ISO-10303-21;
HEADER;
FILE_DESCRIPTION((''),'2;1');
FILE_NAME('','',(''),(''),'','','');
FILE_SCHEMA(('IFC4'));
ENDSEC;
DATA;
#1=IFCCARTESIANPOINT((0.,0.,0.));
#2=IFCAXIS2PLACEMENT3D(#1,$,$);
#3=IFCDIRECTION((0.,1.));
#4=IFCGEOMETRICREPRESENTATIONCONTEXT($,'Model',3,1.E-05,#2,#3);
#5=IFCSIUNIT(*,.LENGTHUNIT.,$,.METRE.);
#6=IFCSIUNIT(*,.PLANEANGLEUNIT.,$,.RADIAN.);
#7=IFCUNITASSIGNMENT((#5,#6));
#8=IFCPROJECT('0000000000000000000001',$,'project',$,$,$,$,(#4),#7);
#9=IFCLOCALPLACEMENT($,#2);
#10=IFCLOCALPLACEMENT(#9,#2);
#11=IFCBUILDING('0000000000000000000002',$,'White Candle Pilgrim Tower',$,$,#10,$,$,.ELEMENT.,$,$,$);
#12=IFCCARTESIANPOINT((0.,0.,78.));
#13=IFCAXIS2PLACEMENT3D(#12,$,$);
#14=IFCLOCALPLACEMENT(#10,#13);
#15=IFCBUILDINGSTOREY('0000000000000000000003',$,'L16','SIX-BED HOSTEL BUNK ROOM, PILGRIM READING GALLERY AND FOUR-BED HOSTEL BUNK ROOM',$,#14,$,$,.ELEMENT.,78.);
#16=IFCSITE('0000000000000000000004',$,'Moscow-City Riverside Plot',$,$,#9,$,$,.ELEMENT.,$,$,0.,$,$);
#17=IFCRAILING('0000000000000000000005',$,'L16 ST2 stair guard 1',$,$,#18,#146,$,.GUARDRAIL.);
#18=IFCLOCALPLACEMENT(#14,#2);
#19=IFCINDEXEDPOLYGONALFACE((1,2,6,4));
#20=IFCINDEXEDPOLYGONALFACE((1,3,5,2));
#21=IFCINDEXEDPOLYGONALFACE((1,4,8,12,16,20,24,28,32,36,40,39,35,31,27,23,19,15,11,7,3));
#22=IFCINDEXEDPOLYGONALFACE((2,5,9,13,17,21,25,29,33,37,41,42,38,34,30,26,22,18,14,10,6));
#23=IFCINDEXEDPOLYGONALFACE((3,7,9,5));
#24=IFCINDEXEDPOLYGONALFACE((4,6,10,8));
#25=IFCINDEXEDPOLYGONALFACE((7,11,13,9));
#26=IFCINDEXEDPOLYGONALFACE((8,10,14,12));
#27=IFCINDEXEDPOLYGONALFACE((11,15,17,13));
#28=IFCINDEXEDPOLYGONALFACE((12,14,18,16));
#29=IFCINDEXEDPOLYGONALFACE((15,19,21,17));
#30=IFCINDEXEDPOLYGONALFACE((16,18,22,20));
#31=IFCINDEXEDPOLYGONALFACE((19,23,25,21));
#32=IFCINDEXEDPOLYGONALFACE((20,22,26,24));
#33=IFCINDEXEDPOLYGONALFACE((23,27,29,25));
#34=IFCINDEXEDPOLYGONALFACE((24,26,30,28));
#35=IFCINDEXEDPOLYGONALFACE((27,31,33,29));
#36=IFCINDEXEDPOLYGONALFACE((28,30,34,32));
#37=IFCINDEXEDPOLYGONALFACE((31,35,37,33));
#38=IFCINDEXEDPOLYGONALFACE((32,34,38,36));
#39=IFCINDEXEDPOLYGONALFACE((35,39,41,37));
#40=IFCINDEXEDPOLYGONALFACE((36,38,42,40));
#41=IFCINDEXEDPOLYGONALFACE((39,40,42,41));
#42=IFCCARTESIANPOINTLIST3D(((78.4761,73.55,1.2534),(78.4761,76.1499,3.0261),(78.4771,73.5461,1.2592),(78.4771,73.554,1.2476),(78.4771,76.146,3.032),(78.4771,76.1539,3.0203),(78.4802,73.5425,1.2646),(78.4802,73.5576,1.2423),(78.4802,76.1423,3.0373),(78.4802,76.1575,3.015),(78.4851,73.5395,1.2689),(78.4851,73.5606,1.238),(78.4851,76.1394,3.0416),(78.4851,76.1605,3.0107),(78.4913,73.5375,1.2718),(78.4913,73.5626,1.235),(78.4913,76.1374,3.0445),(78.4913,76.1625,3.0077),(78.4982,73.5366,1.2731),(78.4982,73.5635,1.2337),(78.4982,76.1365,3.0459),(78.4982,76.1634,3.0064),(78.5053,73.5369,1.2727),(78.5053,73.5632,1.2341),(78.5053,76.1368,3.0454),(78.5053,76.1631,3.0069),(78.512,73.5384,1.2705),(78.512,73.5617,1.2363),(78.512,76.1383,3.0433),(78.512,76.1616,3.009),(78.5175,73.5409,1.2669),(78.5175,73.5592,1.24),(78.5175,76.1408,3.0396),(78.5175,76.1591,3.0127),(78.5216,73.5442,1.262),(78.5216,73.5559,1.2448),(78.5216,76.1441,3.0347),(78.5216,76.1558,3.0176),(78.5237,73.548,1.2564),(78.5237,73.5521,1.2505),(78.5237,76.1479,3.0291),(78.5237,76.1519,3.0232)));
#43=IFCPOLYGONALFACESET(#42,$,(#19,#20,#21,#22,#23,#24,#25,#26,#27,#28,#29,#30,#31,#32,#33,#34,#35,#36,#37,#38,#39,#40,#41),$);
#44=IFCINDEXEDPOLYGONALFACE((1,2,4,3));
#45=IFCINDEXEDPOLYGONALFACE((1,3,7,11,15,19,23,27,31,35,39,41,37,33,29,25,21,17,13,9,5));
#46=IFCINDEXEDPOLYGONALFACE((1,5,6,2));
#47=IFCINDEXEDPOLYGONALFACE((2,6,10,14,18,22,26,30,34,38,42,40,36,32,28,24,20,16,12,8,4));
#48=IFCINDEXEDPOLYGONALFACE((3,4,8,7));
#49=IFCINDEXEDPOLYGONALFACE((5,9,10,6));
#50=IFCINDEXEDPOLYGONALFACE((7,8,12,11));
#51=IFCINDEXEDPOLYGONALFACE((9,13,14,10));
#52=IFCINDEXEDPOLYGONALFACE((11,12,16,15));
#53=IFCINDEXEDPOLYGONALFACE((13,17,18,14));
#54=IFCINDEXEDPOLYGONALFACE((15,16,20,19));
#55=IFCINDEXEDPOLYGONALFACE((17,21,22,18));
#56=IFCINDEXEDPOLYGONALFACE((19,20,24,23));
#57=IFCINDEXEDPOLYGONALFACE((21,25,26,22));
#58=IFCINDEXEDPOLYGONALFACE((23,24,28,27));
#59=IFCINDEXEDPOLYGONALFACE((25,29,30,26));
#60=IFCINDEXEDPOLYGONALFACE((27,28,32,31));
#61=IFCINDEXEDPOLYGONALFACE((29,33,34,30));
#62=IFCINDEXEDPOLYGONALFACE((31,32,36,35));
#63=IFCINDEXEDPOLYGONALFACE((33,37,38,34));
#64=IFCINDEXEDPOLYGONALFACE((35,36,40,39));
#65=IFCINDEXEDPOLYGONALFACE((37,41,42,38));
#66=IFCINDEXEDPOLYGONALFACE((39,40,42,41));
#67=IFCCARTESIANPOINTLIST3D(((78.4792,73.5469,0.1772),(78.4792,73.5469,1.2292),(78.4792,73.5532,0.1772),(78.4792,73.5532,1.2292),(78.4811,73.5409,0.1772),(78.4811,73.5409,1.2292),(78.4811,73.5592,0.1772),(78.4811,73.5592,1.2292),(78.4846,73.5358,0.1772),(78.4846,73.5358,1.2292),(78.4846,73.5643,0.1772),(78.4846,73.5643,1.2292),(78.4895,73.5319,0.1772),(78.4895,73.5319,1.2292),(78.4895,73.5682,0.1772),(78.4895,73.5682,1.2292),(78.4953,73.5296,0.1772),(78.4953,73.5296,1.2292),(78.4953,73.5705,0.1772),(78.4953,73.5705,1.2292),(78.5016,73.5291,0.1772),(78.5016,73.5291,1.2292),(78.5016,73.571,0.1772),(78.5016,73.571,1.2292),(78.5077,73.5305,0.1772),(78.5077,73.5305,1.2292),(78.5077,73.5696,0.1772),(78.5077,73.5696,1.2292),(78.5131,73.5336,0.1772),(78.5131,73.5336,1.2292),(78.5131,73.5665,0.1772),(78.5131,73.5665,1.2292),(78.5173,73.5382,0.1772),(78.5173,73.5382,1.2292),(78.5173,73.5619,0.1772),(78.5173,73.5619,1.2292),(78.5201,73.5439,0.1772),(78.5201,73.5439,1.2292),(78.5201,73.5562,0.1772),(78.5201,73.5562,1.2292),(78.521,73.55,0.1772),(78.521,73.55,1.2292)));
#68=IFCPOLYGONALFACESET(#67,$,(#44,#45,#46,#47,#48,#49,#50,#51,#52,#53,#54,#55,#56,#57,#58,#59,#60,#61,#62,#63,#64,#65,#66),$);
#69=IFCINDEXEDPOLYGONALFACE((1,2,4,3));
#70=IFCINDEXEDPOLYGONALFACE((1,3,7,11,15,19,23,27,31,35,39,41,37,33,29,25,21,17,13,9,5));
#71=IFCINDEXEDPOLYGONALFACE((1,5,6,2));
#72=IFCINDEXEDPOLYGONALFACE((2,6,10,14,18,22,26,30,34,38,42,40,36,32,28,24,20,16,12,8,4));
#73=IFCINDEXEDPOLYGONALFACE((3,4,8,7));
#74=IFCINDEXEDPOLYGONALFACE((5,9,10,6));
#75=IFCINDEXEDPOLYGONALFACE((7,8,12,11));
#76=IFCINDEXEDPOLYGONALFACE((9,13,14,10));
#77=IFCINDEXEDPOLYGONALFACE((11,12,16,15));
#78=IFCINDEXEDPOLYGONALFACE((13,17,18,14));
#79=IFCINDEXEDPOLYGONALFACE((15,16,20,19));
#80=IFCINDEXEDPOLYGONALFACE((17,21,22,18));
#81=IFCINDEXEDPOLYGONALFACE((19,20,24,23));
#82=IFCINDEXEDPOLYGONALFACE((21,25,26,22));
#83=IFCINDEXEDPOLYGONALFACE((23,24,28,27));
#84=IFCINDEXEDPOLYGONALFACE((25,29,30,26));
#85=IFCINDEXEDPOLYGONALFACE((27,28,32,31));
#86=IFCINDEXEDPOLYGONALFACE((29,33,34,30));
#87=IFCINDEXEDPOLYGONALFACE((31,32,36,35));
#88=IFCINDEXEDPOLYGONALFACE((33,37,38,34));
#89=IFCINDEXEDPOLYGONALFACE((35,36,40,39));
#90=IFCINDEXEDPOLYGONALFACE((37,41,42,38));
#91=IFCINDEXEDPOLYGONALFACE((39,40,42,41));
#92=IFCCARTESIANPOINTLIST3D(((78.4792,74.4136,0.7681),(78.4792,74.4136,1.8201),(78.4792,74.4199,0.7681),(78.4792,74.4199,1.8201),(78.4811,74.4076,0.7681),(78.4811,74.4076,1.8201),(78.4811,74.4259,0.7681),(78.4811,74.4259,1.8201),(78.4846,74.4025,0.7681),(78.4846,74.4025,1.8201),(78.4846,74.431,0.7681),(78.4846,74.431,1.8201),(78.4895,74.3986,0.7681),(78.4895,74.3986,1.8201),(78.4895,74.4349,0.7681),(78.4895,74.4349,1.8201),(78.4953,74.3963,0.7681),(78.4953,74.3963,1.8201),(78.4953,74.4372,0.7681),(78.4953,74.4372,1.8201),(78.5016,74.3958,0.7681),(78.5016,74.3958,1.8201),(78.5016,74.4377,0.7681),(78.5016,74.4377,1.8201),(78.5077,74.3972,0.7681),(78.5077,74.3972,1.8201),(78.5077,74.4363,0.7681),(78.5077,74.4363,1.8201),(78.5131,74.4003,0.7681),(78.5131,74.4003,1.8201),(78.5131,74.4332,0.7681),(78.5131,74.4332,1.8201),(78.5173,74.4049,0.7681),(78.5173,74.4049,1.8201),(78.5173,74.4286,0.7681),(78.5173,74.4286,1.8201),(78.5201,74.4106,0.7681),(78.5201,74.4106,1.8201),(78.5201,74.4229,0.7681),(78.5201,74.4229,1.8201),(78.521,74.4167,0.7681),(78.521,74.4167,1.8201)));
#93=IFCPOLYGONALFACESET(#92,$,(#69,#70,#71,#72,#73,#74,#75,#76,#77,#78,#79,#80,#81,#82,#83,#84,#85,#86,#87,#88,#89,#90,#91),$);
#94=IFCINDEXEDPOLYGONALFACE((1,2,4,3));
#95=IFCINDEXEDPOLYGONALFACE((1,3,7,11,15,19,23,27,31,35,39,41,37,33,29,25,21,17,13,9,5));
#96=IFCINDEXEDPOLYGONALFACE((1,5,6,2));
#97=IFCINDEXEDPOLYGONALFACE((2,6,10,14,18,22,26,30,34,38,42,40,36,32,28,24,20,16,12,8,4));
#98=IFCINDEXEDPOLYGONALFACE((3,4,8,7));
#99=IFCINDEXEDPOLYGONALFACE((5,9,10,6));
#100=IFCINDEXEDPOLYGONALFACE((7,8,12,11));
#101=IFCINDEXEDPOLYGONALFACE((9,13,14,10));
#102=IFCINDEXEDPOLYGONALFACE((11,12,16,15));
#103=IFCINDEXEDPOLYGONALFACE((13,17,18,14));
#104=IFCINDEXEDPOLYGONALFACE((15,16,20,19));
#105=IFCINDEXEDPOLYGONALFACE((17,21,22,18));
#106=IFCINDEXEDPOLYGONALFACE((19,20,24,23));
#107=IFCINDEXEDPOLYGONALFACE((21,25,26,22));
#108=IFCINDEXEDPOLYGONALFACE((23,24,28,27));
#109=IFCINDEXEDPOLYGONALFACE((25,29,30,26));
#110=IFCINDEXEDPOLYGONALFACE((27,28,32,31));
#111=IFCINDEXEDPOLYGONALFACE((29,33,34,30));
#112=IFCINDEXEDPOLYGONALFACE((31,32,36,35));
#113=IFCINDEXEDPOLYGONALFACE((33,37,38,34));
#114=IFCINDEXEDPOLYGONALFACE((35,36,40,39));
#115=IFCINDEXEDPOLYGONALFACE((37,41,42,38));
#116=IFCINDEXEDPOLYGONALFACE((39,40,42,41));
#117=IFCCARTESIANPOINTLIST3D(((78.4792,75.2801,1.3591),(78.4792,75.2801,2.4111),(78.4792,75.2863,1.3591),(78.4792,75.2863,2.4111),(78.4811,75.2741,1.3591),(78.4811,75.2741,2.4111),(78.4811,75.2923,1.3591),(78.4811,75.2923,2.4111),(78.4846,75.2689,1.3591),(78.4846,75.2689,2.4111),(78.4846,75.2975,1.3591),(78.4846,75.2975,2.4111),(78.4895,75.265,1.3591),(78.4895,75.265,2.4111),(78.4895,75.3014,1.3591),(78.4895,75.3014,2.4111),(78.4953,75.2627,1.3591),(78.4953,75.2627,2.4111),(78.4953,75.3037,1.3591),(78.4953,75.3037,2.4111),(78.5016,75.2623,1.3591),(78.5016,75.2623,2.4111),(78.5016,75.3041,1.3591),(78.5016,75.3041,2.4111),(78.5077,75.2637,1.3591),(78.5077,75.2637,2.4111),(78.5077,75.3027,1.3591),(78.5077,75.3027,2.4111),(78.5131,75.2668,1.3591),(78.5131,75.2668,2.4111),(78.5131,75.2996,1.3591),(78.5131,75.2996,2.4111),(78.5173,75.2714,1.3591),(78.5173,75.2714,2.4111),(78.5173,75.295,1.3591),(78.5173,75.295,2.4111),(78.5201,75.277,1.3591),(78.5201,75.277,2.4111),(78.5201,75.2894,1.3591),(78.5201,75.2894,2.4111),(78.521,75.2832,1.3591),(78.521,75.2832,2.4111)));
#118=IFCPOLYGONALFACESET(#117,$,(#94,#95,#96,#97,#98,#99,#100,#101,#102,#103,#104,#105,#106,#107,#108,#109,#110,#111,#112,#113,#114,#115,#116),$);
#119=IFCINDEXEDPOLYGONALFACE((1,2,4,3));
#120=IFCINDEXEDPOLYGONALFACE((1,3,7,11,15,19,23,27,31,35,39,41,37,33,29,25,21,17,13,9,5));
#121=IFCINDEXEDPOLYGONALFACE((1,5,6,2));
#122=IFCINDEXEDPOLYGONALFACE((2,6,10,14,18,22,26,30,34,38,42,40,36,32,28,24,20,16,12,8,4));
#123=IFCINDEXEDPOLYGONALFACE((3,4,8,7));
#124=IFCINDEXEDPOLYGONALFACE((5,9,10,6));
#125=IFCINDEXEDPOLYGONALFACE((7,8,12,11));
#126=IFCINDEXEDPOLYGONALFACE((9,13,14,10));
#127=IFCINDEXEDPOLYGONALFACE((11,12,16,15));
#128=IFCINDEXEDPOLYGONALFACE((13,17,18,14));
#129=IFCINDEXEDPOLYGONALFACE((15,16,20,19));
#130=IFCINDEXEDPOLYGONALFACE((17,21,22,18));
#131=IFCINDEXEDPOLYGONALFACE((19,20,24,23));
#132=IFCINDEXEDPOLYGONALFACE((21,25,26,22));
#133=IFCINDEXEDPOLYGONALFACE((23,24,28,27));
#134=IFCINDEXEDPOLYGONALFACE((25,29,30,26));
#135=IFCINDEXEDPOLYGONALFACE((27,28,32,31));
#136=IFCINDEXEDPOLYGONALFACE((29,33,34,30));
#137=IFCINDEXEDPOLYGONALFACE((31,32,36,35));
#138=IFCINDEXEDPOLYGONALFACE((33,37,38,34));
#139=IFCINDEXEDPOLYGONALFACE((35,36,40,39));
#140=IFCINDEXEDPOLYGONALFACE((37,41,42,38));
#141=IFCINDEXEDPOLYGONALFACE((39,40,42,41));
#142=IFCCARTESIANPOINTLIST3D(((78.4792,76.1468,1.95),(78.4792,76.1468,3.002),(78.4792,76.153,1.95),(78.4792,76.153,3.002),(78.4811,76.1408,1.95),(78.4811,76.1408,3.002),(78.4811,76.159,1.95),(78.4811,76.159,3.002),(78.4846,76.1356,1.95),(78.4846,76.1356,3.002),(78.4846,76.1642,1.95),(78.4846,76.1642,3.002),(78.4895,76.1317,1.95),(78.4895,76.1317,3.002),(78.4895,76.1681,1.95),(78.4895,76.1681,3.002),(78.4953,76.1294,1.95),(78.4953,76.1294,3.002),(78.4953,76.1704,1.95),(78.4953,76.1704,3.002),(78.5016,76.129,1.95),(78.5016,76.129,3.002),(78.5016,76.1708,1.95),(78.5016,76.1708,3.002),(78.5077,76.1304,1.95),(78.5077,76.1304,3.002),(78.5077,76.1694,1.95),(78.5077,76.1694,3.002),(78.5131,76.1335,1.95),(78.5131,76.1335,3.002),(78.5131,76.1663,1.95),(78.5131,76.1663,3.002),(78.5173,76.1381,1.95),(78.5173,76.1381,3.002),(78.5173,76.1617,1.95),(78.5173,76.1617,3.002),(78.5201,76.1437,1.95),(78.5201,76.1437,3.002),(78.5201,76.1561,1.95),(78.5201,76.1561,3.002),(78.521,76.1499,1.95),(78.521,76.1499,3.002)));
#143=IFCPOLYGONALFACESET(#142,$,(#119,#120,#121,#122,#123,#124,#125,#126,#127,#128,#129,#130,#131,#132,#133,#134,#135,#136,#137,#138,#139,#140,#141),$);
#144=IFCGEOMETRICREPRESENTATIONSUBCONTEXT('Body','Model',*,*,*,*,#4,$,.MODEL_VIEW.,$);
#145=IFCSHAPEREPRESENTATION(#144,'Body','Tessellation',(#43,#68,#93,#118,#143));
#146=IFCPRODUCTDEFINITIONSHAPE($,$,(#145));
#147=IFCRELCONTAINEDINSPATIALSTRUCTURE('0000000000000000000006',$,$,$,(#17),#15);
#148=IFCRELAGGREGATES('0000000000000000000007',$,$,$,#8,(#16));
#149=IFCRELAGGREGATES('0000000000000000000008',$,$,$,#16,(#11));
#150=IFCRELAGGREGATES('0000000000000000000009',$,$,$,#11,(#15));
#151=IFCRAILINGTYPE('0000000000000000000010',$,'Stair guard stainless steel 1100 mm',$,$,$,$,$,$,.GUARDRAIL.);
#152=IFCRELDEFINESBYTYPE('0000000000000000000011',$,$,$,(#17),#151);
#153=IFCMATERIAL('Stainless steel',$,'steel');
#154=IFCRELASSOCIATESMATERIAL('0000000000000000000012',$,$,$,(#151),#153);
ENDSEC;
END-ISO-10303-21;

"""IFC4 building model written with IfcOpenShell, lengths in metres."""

from ifc_helpers import new_model, si_unit, direction, frame, origin, origin_2d, place, context, subcontext, project, spatial, circle, extrude, material, type_object, element, save


model = new_model("IFC4")

# Units and contexts
model_context = context("Model", 3, precision=1e-05, world=origin(), true_north=direction((0.0, 1.0)))
body_context = subcontext(model_context, "Body", "Model", "MODEL_VIEW")
ifc_project = project(units=[si_unit("LENGTHUNIT", "METRE"), si_unit("PLANEANGLEUNIT", "RADIAN")], contexts=[model_context])

# Site, building, storey
site_placement = place(None, origin())
site = spatial("IfcSite", under=ifc_project, at=site_placement, Name="Moscow-City Riverside Plot", CompositionType="ELEMENT", RefElevation=0.0)
building_placement = place(site_placement, origin())
building = spatial("IfcBuilding", under=site, at=building_placement, Name="White Candle Pilgrim Tower", CompositionType="ELEMENT")
storey_placement = place(building_placement, frame((0.0, 0.0, 78.0)))
storey = spatial("IfcBuildingStorey", under=building, at=storey_placement, Name="L16", Description="SIX-BED HOSTEL BUNK ROOM, PILGRIM READING GALLERY AND FOUR-BED HOSTEL BUNK ROOM", CompositionType="ELEMENT", Elevation=78.0)

# Railing
ifc_material_1 = material(Name="Stainless steel", Category="steel")
railing_type_1 = type_object("IfcRailingType", Name="Stair guard stainless steel 1100 mm", PredefinedType="GUARDRAIL", material=ifc_material_1)
railing_1_placement = place(storey_placement, frame((78.5, 73.55, 0.1772)))
element("IfcRailing", 1, at=railing_1_placement, inside=storey, type_object=railing_type_1, Name="L16 ST2 stair guard 1", PredefinedType="GUARDRAIL", context=body_context, shape_type="SweptSolid", body=[
    extrude(circle(Radius=0.0239, at=origin_2d()), frame((0.0, 0.0, 1.0762), z_axis=(0.0, 0.826216, 0.563354), x_axis=(-1.0, 0.0, 0.0)), (0.0, 0.0, 1.0), 3.1467),
    extrude(circle(Radius=0.021, at=origin_2d()), origin(), (0.0, 0.0, 1.0), 1.052),
    extrude(circle(Radius=0.021, at=origin_2d()), frame((0.0, 0.8667, 0.5908)), (0.0, 0.0, 1.0), 1.052),
    extrude(circle(Radius=0.021, at=origin_2d()), frame((0.0, 1.7332, 1.1819)), (0.0, 0.0, 1.0), 1.052),
    extrude(circle(Radius=0.021, at=origin_2d()), frame((0.0, 2.5999, 1.7727)), (0.0, 0.0, 1.0), 1.052),
])

save(model, "model.ifc")
